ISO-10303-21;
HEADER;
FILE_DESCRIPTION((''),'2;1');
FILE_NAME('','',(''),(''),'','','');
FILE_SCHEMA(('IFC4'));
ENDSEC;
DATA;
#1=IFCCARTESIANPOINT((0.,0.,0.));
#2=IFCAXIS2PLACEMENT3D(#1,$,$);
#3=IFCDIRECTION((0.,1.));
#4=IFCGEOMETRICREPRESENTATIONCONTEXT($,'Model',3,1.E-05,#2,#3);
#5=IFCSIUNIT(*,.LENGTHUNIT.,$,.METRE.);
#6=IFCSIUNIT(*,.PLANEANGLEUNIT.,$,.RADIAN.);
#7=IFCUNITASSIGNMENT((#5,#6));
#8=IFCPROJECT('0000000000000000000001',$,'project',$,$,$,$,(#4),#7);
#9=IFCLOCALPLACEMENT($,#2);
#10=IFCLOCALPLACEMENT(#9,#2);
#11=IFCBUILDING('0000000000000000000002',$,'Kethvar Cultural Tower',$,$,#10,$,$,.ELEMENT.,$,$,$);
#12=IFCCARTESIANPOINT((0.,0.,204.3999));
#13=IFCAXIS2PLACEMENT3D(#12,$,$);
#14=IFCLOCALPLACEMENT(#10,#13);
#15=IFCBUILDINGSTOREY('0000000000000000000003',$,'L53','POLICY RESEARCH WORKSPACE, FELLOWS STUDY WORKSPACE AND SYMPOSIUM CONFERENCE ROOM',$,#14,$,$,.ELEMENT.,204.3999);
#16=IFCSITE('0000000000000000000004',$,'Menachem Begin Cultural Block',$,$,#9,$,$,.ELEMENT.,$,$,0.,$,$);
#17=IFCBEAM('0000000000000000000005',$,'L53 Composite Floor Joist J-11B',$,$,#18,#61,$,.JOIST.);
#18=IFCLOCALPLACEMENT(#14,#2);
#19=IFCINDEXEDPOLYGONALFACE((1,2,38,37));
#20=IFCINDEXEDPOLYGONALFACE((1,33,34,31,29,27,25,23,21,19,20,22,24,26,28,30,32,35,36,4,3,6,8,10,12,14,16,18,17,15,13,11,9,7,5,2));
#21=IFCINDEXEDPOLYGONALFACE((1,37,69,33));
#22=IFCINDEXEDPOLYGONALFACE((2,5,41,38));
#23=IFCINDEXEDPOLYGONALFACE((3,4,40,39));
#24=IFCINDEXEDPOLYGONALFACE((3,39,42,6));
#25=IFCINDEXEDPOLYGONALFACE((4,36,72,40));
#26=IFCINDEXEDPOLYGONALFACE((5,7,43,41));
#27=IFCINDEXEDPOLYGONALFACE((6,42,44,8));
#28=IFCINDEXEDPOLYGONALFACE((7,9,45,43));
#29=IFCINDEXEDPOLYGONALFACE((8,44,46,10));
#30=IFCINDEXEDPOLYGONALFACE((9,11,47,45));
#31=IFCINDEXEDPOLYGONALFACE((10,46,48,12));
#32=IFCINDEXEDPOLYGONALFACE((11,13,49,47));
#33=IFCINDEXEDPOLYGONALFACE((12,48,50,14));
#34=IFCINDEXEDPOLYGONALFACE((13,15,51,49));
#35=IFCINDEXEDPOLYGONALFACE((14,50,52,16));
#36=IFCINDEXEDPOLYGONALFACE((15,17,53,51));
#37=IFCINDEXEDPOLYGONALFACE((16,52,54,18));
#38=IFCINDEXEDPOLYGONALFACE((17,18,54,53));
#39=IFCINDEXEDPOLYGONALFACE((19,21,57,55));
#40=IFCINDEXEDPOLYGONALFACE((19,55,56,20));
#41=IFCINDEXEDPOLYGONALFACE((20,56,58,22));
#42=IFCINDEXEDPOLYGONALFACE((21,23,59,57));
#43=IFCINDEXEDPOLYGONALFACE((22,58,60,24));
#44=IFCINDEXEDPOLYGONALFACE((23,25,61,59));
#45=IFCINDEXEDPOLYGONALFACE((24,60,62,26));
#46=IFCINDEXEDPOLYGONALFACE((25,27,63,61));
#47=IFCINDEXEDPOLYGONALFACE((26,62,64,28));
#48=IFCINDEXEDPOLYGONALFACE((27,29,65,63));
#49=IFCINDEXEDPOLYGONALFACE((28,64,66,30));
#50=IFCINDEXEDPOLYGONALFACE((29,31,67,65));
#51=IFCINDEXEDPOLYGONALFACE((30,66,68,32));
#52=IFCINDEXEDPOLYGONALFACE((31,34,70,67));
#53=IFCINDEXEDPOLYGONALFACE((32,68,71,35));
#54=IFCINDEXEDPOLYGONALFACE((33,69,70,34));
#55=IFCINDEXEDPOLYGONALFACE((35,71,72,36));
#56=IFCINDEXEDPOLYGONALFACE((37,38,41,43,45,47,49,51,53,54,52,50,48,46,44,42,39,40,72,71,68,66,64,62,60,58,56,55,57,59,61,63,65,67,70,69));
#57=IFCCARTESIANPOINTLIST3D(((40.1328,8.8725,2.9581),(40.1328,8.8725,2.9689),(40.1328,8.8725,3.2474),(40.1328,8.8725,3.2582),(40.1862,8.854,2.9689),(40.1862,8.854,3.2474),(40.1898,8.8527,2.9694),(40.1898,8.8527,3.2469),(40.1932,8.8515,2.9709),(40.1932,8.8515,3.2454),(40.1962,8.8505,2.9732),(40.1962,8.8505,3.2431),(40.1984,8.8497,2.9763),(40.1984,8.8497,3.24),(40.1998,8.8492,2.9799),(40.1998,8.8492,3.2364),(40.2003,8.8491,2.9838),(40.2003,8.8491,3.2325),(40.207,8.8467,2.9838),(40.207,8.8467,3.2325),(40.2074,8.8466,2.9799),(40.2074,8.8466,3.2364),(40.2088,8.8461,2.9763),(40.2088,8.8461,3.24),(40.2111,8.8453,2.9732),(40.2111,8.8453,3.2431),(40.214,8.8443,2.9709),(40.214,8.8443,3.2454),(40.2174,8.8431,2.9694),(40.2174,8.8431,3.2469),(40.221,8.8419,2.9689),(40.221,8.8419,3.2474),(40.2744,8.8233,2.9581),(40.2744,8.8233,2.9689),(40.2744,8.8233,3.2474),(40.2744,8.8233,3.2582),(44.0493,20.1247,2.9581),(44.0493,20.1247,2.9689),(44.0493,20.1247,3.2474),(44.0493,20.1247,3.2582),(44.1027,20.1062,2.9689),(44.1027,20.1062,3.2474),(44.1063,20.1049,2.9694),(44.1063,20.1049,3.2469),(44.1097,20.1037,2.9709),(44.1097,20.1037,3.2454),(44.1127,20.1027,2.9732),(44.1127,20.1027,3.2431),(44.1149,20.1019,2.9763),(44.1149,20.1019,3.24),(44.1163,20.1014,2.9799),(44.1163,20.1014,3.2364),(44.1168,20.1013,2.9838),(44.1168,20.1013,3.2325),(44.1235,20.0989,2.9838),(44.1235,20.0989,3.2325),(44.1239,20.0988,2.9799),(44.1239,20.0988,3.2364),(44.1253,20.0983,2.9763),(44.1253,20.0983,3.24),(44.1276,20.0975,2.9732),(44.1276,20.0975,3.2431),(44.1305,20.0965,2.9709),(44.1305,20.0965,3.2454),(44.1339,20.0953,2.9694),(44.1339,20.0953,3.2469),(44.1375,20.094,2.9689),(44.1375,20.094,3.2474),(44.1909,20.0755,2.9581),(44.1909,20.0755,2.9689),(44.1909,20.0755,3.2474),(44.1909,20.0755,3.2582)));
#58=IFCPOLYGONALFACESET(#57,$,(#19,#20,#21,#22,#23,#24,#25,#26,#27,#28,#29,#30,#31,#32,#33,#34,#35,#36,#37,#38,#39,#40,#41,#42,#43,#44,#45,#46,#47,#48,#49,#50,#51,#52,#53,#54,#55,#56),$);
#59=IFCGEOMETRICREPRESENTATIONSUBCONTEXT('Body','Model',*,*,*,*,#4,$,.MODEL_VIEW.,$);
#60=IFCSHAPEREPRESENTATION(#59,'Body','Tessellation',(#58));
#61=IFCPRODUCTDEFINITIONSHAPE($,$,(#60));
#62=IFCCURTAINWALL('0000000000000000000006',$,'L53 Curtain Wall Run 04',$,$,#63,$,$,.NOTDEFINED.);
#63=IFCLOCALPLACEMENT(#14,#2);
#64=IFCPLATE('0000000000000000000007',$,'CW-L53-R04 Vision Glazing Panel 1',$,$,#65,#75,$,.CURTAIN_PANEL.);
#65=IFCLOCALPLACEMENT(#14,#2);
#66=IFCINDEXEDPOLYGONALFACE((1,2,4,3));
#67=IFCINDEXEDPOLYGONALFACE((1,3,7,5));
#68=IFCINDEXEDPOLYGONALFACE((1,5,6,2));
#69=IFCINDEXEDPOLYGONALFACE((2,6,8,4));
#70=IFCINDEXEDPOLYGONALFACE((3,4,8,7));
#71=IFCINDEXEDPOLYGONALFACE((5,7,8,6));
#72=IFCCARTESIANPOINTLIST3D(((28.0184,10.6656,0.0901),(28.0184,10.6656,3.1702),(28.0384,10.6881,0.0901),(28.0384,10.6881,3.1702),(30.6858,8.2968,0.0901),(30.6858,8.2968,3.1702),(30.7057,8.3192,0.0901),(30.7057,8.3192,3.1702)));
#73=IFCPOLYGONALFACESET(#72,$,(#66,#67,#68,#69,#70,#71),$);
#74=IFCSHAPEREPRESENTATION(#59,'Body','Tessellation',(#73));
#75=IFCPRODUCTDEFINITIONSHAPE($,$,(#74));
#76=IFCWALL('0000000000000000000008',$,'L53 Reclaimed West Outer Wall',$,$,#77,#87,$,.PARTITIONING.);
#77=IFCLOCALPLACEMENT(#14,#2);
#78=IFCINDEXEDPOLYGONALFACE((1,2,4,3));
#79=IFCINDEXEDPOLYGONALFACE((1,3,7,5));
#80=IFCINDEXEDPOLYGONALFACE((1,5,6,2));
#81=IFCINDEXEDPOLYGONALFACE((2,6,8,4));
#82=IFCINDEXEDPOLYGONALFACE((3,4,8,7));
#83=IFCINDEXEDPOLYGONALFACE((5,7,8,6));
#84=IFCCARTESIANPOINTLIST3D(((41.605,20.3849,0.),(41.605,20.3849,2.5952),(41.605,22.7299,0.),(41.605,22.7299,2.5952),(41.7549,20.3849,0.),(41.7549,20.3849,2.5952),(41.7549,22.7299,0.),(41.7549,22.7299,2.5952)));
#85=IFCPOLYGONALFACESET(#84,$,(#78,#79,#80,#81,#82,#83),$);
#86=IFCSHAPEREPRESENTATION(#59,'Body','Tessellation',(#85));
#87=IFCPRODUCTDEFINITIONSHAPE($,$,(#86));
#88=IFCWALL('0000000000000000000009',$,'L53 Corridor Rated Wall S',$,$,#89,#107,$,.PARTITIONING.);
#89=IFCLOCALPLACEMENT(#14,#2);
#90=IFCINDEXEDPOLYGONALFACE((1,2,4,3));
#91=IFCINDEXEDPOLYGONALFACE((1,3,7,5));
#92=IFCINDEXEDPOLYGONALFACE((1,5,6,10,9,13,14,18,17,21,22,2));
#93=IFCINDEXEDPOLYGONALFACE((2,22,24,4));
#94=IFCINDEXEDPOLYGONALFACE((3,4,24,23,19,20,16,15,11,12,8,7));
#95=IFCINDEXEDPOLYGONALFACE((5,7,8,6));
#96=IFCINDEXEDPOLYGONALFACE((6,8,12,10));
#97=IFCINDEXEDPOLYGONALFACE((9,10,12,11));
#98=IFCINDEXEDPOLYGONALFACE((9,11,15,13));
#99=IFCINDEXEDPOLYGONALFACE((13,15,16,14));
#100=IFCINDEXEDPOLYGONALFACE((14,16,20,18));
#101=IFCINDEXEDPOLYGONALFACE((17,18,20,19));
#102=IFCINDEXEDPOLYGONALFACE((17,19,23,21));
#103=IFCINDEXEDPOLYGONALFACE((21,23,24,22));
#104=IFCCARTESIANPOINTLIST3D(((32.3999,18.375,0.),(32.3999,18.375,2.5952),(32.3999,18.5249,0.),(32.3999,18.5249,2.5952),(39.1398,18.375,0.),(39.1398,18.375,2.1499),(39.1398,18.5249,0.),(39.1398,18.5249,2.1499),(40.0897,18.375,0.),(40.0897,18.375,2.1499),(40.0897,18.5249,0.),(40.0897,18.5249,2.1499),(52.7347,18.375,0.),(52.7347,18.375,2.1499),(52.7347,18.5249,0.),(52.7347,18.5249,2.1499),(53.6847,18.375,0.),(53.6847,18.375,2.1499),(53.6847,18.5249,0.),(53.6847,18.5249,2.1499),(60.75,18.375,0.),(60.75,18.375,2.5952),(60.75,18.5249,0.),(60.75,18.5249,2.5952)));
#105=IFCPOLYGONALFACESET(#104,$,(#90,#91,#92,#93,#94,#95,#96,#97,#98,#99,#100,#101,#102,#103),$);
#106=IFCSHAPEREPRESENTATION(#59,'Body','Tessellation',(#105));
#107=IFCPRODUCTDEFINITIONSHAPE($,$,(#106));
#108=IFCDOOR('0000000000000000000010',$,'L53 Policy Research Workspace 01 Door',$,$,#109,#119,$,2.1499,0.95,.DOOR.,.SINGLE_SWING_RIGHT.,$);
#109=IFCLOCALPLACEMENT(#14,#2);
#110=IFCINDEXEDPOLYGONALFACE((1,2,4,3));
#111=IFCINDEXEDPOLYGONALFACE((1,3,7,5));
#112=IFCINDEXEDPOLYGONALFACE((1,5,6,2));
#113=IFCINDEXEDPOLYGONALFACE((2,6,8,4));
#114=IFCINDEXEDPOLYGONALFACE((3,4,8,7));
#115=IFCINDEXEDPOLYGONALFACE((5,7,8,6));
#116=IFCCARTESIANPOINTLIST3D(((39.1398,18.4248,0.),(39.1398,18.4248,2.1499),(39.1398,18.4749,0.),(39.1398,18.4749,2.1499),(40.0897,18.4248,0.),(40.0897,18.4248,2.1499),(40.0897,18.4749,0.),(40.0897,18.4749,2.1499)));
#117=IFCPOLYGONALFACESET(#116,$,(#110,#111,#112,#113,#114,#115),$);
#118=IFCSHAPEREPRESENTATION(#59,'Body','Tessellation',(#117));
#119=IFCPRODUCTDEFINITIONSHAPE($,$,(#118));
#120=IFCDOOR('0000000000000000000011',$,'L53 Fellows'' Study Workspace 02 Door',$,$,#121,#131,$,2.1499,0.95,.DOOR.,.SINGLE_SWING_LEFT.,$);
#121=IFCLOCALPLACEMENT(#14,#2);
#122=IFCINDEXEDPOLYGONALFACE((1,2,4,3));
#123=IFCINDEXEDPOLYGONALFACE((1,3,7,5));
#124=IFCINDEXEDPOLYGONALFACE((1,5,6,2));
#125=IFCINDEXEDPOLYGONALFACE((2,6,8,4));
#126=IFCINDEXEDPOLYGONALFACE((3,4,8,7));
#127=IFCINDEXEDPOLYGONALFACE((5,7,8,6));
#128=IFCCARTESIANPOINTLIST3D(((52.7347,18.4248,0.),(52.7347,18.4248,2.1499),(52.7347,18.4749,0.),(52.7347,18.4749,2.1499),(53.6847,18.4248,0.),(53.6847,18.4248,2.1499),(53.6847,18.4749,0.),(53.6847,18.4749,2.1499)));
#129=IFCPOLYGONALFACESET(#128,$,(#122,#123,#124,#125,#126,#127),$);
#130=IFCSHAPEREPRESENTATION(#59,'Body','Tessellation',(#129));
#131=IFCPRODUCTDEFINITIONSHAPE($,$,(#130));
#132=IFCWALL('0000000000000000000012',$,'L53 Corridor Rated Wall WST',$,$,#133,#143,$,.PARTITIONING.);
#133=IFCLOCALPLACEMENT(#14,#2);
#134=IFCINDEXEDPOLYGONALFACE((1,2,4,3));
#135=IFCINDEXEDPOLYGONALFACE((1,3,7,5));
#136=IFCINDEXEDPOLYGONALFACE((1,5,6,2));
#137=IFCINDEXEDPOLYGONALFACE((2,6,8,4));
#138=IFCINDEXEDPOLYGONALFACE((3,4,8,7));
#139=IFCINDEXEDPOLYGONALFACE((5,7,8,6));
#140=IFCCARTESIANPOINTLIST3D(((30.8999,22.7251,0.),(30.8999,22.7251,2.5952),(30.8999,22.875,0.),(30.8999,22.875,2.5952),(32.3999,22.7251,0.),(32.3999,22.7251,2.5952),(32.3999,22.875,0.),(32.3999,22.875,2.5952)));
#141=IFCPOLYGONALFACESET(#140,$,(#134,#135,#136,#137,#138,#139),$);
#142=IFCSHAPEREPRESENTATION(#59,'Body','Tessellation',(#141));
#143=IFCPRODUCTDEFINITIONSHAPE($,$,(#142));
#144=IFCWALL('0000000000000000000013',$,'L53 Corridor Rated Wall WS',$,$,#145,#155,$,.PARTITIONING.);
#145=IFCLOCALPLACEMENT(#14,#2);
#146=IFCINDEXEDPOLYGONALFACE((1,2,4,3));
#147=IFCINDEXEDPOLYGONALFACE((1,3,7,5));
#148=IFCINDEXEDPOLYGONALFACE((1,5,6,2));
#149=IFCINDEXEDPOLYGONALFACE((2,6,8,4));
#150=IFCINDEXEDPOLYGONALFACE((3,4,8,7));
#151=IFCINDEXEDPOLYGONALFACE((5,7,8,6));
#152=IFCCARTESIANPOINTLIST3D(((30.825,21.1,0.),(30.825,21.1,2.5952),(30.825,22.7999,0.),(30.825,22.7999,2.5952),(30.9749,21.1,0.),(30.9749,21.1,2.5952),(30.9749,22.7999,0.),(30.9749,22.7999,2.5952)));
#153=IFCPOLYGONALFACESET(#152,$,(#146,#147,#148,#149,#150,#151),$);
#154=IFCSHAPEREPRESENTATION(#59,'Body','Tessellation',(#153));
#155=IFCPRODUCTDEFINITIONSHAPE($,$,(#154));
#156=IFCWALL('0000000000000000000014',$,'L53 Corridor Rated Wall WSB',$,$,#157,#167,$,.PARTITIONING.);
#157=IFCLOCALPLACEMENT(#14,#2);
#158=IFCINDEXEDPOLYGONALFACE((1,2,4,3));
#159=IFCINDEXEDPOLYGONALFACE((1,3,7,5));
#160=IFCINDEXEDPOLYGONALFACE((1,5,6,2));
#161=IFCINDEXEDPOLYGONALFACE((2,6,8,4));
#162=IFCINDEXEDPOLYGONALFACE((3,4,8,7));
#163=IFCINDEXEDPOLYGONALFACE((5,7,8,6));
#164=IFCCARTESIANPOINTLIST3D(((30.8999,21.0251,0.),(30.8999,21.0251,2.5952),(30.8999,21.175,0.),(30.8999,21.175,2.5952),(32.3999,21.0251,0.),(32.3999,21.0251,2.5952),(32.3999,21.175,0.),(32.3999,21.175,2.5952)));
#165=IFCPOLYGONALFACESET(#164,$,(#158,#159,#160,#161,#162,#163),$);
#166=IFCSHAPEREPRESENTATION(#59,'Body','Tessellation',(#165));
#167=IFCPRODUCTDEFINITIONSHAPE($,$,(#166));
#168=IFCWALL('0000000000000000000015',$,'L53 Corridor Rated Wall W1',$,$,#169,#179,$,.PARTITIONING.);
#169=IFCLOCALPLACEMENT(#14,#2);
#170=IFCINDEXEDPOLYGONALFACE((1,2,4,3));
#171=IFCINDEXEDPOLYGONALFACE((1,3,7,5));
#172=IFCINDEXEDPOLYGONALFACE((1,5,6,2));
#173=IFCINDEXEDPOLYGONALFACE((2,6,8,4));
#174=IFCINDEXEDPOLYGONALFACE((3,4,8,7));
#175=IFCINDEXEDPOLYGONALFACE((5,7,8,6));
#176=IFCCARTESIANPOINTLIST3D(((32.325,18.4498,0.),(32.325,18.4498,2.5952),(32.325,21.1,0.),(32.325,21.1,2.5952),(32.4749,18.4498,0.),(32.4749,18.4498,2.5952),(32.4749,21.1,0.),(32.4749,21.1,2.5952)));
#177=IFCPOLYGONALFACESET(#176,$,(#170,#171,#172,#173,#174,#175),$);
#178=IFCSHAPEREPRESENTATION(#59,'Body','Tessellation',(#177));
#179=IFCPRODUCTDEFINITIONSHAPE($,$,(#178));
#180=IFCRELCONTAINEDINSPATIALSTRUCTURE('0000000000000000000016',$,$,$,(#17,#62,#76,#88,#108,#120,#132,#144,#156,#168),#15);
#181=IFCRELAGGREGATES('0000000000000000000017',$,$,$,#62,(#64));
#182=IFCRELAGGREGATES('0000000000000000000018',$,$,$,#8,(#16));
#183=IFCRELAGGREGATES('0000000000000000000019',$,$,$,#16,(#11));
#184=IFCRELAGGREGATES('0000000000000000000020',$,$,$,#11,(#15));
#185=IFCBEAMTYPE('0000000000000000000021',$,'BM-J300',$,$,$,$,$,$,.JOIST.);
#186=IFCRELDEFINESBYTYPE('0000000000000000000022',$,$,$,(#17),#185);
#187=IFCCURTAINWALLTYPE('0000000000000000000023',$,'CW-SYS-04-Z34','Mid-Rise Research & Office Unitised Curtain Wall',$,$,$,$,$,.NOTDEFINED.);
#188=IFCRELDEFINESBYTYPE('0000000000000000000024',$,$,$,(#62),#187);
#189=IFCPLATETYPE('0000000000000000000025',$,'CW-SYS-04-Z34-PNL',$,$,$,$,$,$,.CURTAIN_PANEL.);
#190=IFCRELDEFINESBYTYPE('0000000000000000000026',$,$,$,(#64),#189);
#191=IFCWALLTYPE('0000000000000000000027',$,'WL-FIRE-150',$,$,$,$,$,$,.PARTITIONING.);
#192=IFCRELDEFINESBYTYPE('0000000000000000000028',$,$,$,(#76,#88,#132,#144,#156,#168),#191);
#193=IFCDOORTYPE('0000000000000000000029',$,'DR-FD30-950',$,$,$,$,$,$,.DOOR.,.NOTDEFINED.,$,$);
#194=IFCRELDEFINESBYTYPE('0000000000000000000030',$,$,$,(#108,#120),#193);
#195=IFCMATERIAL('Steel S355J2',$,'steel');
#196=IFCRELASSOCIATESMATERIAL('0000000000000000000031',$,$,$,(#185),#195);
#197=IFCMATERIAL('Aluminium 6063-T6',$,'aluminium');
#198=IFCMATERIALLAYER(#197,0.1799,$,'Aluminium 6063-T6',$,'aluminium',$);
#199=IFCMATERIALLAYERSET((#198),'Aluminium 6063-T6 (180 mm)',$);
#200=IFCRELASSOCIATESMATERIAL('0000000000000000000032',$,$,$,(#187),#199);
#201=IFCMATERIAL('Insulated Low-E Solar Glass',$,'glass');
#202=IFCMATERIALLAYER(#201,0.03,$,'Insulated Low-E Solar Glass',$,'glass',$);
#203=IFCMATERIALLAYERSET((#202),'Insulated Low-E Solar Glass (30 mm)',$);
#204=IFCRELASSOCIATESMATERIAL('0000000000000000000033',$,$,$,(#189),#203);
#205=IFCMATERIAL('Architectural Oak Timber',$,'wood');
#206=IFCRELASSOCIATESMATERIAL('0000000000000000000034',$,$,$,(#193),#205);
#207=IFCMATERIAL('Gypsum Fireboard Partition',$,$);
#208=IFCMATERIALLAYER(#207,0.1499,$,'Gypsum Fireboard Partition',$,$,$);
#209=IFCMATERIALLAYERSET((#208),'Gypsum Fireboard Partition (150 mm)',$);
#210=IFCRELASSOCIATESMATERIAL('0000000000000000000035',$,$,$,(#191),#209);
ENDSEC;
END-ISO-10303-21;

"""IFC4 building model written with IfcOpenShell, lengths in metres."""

from ifc_helpers import new_model, si_unit, direction, frame, frame_2d, origin, origin_2d, place, context, subcontext, project, spatial, rectangle, i_section, extrude, source, transform, mapped, material, layer, layer_set, material_profile, profile_set, type_object, element, fill, aggregate, save


model = new_model("IFC4")

# Units and contexts
model_context = context("Model", 3, precision=1e-05, world=origin(), true_north=direction((0.0, 1.0)))
body_context = subcontext(model_context, "Body", "Model", "MODEL_VIEW")
ifc_project = project(units=[si_unit("LENGTHUNIT", "METRE"), si_unit("PLANEANGLEUNIT", "RADIAN")], contexts=[model_context])

# Site, building, storey
site_placement = place(None, origin())
site = spatial("IfcSite", under=ifc_project, at=site_placement, Name="Menachem Begin Cultural Block", CompositionType="ELEMENT", RefElevation=0.0)
building_placement = place(site_placement, origin())
building = spatial("IfcBuilding", under=site, at=building_placement, Name="Kethvar Cultural Tower", CompositionType="ELEMENT")
storey_placement = place(building_placement, frame((0.0, 0.0, 204.3999)))
storey = spatial("IfcBuildingStorey", under=building, at=storey_placement, Name="L53", Description="POLICY RESEARCH WORKSPACE, FELLOWS STUDY WORKSPACE AND SYMPOSIUM CONFERENCE ROOM", CompositionType="ELEMENT", Elevation=204.3999)

# Beam
ifc_material_1 = material(Name="Steel S355J2", Category="steel")
ifc_material_profile_1 = material_profile(ifc_material_1, i_section(OverallWidth=0.1499, OverallDepth=0.3, WebThickness=0.0071, FlangeThickness=0.0107, FilletRadius=0.0149, at=origin_2d()), Name="Steel S355J2 — IPE300")
ifc_profile_set_1 = profile_set([ifc_material_profile_1], Name="Steel S355J2 — IPE300")
beam_type_1 = type_object("IfcBeamType", Name="BM-J300", PredefinedType="JOIST", material=ifc_profile_set_1)
shared_shape_1 = source(origin(), body_context, "Body", "SweptSolid", [
    extrude(i_section(OverallWidth=0.1499, OverallDepth=0.3, WebThickness=0.0071, FlangeThickness=0.0107, FilletRadius=0.0149, at=origin_2d()), origin(), (0.0, 0.0, 1.0), 11.9143),
])
beam_1_placement = place(storey_placement, frame((44.1201, 20.1001, 3.1082), z_axis=(-0.328722, -0.944427, 0.0), x_axis=(0.944427, -0.328722, 0.0)))
element("IfcBeam", 1, at=beam_1_placement, inside=storey, type_object=beam_type_1, Name="L53 Composite Floor Joist J-11B", PredefinedType="JOIST", context=body_context, shape_type="MappedRepresentation", body=[
    mapped(shared_shape_1, transform((0.0, 0.0, 0.0), scale=1.0)),
])

# Curtain wall, plate
ifc_material_2 = material(Name="Aluminium 6063-T6", Category="aluminium")
ifc_layer_1 = layer(ifc_material_2, 0.1799, Name="Aluminium 6063-T6", Category="aluminium")
ifc_layer_set_1 = layer_set([ifc_layer_1], Name="Aluminium 6063-T6 (180 mm)")
curtain_wall_type = type_object("IfcCurtainWallType", Name="CW-SYS-04-Z34", Description="Mid-Rise Research & Office Unitised Curtain Wall", PredefinedType="NOTDEFINED", material=ifc_layer_set_1)
curtain_wall_placement = place(storey_placement, origin())
curtain_wall = element("IfcCurtainWall", 2, at=curtain_wall_placement, inside=storey, type_object=curtain_wall_type, Name="L53 Curtain Wall Run 04", PredefinedType="NOTDEFINED")
ifc_material_3 = material(Name="Insulated Low-E Solar Glass", Category="glass")
ifc_layer_2 = layer(ifc_material_3, 0.03, Name="Insulated Low-E Solar Glass", Category="glass")
ifc_layer_set_2 = layer_set([ifc_layer_2], Name="Insulated Low-E Solar Glass (30 mm)")
plate_type = type_object("IfcPlateType", Name="CW-SYS-04-Z34-PNL", PredefinedType="CURTAIN_PANEL", material=ifc_layer_set_2)
shared_shape_2 = source(origin(), body_context, "Body", "SweptSolid", [
    extrude(rectangle(XDim=3.5674, YDim=0.03, at=origin_2d()), origin(), (0.0, 0.0, 1.0), 3.0801),
])
plate_placement = place(storey_placement, frame((29.3621, 9.4924, 0.0901), z_axis=(0.0, 0.0, 1.0), x_axis=(0.747705, -0.664031, 0.0)))
plate = element("IfcPlate", 3, at=plate_placement, type_object=plate_type, Name="CW-L53-R04 Vision Glazing Panel 1", PredefinedType="CURTAIN_PANEL", context=body_context, shape_type="MappedRepresentation", body=[
    mapped(shared_shape_2, transform((0.0, 0.0, 0.0), scale=1.0)),
])
aggregate(curtain_wall, [plate])

# Shared definitions
ifc_material_4 = material(Name="Architectural Oak Timber", Category="wood")
door_type_1 = type_object("IfcDoorType", Name="DR-FD30-950", OperationType="NOTDEFINED", PredefinedType="DOOR", material=ifc_material_4)
shared_shape_3 = source(origin(), body_context, "Body", "SweptSolid", [
    extrude(rectangle(XDim=0.95, YDim=2.1499, at=frame_2d((0.4751, 1.075))), frame((0.0, 0.0249, 0.0), z_axis=(0.0, -1.0, 0.0), x_axis=(1.0, 0.0, 0.0)), (0.0, 0.0, 1.0), 0.05),
])

# Wall
ifc_material_5 = material(Name="Gypsum Fireboard Partition")
ifc_layer_3 = layer(ifc_material_5, 0.1499, Name="Gypsum Fireboard Partition")
ifc_layer_set_3 = layer_set([ifc_layer_3], Name="Gypsum Fireboard Partition (150 mm)")
wall_type_1 = type_object("IfcWallType", Name="WL-FIRE-150", PredefinedType="PARTITIONING", material=ifc_layer_set_3)
wall_1_placement = place(storey_placement, frame((41.6799, 20.385, 0.0), z_axis=(0.0, 0.0, 1.0), x_axis=(0.0, 1.0, 0.0)))
element("IfcWall", 4, at=wall_1_placement, inside=storey, type_object=wall_type_1, Name="L53 Reclaimed West Outer Wall", PredefinedType="PARTITIONING", context=body_context, shape_type="SweptSolid", body=[
    extrude(rectangle(XDim=2.345, YDim=0.1499, at=frame_2d((1.1724, 0.0))), origin(), (0.0, 0.0, 1.0), 2.5952),
])

# Wall, openings, doors
wall_2_placement = place(storey_placement, frame((32.3999, 18.45, 0.0), z_axis=(0.0, 0.0, 1.0), x_axis=(1.0, 0.0, 0.0)))
wall_2 = element("IfcWall", 5, at=wall_2_placement, inside=storey, type_object=wall_type_1, Name="L53 Corridor Rated Wall S", PredefinedType="PARTITIONING", context=body_context, shape_type="SweptSolid", body=[
    extrude(rectangle(XDim=28.3501, YDim=0.1499, at=frame_2d((14.175, 0.0))), origin(), (0.0, 0.0, 1.0), 2.5952),
])
opening_1_placement = place(wall_2_placement, frame((6.7397, 0.0, 0.0)))
opening_1 = element("IfcOpeningElement", 6, at=opening_1_placement, cuts=wall_2, PredefinedType="OPENING", context=body_context, shape_type="SweptSolid", body=[
    extrude(rectangle(XDim=0.95, YDim=2.1499, at=frame_2d((0.4751, 1.075))), frame((0.0, 0.085, 0.0), z_axis=(0.0, -1.0, 0.0), x_axis=(1.0, 0.0, 0.0)), (0.0, 0.0, 1.0), 0.1699),
])
opening_2_placement = place(wall_2_placement, frame((20.3347, 0.0, 0.0)))
opening_2 = element("IfcOpeningElement", 7, at=opening_2_placement, cuts=wall_2, PredefinedType="OPENING", context=body_context, shape_type="SweptSolid", body=[
    extrude(rectangle(XDim=0.95, YDim=2.1499, at=frame_2d((0.4751, 1.075))), frame((0.0, 0.085, 0.0), z_axis=(0.0, -1.0, 0.0), x_axis=(1.0, 0.0, 0.0)), (0.0, 0.0, 1.0), 0.1699),
])
door_1_placement = place(opening_1_placement, origin())
door_1 = element("IfcDoor", 8, at=door_1_placement, inside=storey, type_object=door_type_1, Name="L53 Policy Research Workspace 01 Door", OperationType="SINGLE_SWING_RIGHT", OverallHeight=2.1499, OverallWidth=0.95, PredefinedType="DOOR", context=body_context, shape_type="MappedRepresentation", body=[
    mapped(shared_shape_3, transform((0.0, 0.0, 0.0), scale=1.0)),
])
fill(opening_1, door_1)
door_2_placement = place(opening_2_placement, origin())
door_2 = element("IfcDoor", 9, at=door_2_placement, inside=storey, type_object=door_type_1, Name="L53 Fellows' Study Workspace 02 Door", OperationType="SINGLE_SWING_LEFT", OverallHeight=2.1499, OverallWidth=0.95, PredefinedType="DOOR", context=body_context, shape_type="MappedRepresentation", body=[
    mapped(shared_shape_3, transform((0.0, 0.0, 0.0), scale=1.0)),
])
fill(opening_2, door_2)

# Walls
wall_3_placement = place(storey_placement, frame((32.3999, 22.8, 0.0), z_axis=(0.0, 0.0, 1.0), x_axis=(-1.0, 0.0, 0.0)))
element("IfcWall", 10, at=wall_3_placement, inside=storey, type_object=wall_type_1, Name="L53 Corridor Rated Wall WST", PredefinedType="PARTITIONING", context=body_context, shape_type="SweptSolid", body=[
    extrude(rectangle(XDim=1.5, YDim=0.1499, at=frame_2d((0.75, 0.0))), origin(), (0.0, 0.0, 1.0), 2.5952),
])
wall_4_placement = place(storey_placement, frame((30.8999, 22.8, 0.0), z_axis=(0.0, 0.0, 1.0), x_axis=(0.0, -1.0, 0.0)))
element("IfcWall", 11, at=wall_4_placement, inside=storey, type_object=wall_type_1, Name="L53 Corridor Rated Wall WS", PredefinedType="PARTITIONING", context=body_context, shape_type="SweptSolid", body=[
    extrude(rectangle(XDim=1.7, YDim=0.1499, at=frame_2d((0.8501, 0.0))), origin(), (0.0, 0.0, 1.0), 2.5952),
])
wall_5_placement = place(storey_placement, frame((30.8999, 21.1001, 0.0), z_axis=(0.0, 0.0, 1.0), x_axis=(1.0, 0.0, 0.0)))
element("IfcWall", 12, at=wall_5_placement, inside=storey, type_object=wall_type_1, Name="L53 Corridor Rated Wall WSB", PredefinedType="PARTITIONING", context=body_context, shape_type="SweptSolid", body=[
    extrude(rectangle(XDim=1.5, YDim=0.1499, at=frame_2d((0.75, 0.0))), origin(), (0.0, 0.0, 1.0), 2.5952),
])
wall_6_placement = place(storey_placement, frame((32.3999, 21.1001, 0.0), z_axis=(0.0, 0.0, 1.0), x_axis=(0.0, -1.0, 0.0)))
element("IfcWall", 13, at=wall_6_placement, inside=storey, type_object=wall_type_1, Name="L53 Corridor Rated Wall W1", PredefinedType="PARTITIONING", context=body_context, shape_type="SweptSolid", body=[
    extrude(rectangle(XDim=2.6501, YDim=0.1499, at=frame_2d((1.3252, 0.0))), origin(), (0.0, 0.0, 1.0), 2.5952),
])

save(model, "model.ifc")
